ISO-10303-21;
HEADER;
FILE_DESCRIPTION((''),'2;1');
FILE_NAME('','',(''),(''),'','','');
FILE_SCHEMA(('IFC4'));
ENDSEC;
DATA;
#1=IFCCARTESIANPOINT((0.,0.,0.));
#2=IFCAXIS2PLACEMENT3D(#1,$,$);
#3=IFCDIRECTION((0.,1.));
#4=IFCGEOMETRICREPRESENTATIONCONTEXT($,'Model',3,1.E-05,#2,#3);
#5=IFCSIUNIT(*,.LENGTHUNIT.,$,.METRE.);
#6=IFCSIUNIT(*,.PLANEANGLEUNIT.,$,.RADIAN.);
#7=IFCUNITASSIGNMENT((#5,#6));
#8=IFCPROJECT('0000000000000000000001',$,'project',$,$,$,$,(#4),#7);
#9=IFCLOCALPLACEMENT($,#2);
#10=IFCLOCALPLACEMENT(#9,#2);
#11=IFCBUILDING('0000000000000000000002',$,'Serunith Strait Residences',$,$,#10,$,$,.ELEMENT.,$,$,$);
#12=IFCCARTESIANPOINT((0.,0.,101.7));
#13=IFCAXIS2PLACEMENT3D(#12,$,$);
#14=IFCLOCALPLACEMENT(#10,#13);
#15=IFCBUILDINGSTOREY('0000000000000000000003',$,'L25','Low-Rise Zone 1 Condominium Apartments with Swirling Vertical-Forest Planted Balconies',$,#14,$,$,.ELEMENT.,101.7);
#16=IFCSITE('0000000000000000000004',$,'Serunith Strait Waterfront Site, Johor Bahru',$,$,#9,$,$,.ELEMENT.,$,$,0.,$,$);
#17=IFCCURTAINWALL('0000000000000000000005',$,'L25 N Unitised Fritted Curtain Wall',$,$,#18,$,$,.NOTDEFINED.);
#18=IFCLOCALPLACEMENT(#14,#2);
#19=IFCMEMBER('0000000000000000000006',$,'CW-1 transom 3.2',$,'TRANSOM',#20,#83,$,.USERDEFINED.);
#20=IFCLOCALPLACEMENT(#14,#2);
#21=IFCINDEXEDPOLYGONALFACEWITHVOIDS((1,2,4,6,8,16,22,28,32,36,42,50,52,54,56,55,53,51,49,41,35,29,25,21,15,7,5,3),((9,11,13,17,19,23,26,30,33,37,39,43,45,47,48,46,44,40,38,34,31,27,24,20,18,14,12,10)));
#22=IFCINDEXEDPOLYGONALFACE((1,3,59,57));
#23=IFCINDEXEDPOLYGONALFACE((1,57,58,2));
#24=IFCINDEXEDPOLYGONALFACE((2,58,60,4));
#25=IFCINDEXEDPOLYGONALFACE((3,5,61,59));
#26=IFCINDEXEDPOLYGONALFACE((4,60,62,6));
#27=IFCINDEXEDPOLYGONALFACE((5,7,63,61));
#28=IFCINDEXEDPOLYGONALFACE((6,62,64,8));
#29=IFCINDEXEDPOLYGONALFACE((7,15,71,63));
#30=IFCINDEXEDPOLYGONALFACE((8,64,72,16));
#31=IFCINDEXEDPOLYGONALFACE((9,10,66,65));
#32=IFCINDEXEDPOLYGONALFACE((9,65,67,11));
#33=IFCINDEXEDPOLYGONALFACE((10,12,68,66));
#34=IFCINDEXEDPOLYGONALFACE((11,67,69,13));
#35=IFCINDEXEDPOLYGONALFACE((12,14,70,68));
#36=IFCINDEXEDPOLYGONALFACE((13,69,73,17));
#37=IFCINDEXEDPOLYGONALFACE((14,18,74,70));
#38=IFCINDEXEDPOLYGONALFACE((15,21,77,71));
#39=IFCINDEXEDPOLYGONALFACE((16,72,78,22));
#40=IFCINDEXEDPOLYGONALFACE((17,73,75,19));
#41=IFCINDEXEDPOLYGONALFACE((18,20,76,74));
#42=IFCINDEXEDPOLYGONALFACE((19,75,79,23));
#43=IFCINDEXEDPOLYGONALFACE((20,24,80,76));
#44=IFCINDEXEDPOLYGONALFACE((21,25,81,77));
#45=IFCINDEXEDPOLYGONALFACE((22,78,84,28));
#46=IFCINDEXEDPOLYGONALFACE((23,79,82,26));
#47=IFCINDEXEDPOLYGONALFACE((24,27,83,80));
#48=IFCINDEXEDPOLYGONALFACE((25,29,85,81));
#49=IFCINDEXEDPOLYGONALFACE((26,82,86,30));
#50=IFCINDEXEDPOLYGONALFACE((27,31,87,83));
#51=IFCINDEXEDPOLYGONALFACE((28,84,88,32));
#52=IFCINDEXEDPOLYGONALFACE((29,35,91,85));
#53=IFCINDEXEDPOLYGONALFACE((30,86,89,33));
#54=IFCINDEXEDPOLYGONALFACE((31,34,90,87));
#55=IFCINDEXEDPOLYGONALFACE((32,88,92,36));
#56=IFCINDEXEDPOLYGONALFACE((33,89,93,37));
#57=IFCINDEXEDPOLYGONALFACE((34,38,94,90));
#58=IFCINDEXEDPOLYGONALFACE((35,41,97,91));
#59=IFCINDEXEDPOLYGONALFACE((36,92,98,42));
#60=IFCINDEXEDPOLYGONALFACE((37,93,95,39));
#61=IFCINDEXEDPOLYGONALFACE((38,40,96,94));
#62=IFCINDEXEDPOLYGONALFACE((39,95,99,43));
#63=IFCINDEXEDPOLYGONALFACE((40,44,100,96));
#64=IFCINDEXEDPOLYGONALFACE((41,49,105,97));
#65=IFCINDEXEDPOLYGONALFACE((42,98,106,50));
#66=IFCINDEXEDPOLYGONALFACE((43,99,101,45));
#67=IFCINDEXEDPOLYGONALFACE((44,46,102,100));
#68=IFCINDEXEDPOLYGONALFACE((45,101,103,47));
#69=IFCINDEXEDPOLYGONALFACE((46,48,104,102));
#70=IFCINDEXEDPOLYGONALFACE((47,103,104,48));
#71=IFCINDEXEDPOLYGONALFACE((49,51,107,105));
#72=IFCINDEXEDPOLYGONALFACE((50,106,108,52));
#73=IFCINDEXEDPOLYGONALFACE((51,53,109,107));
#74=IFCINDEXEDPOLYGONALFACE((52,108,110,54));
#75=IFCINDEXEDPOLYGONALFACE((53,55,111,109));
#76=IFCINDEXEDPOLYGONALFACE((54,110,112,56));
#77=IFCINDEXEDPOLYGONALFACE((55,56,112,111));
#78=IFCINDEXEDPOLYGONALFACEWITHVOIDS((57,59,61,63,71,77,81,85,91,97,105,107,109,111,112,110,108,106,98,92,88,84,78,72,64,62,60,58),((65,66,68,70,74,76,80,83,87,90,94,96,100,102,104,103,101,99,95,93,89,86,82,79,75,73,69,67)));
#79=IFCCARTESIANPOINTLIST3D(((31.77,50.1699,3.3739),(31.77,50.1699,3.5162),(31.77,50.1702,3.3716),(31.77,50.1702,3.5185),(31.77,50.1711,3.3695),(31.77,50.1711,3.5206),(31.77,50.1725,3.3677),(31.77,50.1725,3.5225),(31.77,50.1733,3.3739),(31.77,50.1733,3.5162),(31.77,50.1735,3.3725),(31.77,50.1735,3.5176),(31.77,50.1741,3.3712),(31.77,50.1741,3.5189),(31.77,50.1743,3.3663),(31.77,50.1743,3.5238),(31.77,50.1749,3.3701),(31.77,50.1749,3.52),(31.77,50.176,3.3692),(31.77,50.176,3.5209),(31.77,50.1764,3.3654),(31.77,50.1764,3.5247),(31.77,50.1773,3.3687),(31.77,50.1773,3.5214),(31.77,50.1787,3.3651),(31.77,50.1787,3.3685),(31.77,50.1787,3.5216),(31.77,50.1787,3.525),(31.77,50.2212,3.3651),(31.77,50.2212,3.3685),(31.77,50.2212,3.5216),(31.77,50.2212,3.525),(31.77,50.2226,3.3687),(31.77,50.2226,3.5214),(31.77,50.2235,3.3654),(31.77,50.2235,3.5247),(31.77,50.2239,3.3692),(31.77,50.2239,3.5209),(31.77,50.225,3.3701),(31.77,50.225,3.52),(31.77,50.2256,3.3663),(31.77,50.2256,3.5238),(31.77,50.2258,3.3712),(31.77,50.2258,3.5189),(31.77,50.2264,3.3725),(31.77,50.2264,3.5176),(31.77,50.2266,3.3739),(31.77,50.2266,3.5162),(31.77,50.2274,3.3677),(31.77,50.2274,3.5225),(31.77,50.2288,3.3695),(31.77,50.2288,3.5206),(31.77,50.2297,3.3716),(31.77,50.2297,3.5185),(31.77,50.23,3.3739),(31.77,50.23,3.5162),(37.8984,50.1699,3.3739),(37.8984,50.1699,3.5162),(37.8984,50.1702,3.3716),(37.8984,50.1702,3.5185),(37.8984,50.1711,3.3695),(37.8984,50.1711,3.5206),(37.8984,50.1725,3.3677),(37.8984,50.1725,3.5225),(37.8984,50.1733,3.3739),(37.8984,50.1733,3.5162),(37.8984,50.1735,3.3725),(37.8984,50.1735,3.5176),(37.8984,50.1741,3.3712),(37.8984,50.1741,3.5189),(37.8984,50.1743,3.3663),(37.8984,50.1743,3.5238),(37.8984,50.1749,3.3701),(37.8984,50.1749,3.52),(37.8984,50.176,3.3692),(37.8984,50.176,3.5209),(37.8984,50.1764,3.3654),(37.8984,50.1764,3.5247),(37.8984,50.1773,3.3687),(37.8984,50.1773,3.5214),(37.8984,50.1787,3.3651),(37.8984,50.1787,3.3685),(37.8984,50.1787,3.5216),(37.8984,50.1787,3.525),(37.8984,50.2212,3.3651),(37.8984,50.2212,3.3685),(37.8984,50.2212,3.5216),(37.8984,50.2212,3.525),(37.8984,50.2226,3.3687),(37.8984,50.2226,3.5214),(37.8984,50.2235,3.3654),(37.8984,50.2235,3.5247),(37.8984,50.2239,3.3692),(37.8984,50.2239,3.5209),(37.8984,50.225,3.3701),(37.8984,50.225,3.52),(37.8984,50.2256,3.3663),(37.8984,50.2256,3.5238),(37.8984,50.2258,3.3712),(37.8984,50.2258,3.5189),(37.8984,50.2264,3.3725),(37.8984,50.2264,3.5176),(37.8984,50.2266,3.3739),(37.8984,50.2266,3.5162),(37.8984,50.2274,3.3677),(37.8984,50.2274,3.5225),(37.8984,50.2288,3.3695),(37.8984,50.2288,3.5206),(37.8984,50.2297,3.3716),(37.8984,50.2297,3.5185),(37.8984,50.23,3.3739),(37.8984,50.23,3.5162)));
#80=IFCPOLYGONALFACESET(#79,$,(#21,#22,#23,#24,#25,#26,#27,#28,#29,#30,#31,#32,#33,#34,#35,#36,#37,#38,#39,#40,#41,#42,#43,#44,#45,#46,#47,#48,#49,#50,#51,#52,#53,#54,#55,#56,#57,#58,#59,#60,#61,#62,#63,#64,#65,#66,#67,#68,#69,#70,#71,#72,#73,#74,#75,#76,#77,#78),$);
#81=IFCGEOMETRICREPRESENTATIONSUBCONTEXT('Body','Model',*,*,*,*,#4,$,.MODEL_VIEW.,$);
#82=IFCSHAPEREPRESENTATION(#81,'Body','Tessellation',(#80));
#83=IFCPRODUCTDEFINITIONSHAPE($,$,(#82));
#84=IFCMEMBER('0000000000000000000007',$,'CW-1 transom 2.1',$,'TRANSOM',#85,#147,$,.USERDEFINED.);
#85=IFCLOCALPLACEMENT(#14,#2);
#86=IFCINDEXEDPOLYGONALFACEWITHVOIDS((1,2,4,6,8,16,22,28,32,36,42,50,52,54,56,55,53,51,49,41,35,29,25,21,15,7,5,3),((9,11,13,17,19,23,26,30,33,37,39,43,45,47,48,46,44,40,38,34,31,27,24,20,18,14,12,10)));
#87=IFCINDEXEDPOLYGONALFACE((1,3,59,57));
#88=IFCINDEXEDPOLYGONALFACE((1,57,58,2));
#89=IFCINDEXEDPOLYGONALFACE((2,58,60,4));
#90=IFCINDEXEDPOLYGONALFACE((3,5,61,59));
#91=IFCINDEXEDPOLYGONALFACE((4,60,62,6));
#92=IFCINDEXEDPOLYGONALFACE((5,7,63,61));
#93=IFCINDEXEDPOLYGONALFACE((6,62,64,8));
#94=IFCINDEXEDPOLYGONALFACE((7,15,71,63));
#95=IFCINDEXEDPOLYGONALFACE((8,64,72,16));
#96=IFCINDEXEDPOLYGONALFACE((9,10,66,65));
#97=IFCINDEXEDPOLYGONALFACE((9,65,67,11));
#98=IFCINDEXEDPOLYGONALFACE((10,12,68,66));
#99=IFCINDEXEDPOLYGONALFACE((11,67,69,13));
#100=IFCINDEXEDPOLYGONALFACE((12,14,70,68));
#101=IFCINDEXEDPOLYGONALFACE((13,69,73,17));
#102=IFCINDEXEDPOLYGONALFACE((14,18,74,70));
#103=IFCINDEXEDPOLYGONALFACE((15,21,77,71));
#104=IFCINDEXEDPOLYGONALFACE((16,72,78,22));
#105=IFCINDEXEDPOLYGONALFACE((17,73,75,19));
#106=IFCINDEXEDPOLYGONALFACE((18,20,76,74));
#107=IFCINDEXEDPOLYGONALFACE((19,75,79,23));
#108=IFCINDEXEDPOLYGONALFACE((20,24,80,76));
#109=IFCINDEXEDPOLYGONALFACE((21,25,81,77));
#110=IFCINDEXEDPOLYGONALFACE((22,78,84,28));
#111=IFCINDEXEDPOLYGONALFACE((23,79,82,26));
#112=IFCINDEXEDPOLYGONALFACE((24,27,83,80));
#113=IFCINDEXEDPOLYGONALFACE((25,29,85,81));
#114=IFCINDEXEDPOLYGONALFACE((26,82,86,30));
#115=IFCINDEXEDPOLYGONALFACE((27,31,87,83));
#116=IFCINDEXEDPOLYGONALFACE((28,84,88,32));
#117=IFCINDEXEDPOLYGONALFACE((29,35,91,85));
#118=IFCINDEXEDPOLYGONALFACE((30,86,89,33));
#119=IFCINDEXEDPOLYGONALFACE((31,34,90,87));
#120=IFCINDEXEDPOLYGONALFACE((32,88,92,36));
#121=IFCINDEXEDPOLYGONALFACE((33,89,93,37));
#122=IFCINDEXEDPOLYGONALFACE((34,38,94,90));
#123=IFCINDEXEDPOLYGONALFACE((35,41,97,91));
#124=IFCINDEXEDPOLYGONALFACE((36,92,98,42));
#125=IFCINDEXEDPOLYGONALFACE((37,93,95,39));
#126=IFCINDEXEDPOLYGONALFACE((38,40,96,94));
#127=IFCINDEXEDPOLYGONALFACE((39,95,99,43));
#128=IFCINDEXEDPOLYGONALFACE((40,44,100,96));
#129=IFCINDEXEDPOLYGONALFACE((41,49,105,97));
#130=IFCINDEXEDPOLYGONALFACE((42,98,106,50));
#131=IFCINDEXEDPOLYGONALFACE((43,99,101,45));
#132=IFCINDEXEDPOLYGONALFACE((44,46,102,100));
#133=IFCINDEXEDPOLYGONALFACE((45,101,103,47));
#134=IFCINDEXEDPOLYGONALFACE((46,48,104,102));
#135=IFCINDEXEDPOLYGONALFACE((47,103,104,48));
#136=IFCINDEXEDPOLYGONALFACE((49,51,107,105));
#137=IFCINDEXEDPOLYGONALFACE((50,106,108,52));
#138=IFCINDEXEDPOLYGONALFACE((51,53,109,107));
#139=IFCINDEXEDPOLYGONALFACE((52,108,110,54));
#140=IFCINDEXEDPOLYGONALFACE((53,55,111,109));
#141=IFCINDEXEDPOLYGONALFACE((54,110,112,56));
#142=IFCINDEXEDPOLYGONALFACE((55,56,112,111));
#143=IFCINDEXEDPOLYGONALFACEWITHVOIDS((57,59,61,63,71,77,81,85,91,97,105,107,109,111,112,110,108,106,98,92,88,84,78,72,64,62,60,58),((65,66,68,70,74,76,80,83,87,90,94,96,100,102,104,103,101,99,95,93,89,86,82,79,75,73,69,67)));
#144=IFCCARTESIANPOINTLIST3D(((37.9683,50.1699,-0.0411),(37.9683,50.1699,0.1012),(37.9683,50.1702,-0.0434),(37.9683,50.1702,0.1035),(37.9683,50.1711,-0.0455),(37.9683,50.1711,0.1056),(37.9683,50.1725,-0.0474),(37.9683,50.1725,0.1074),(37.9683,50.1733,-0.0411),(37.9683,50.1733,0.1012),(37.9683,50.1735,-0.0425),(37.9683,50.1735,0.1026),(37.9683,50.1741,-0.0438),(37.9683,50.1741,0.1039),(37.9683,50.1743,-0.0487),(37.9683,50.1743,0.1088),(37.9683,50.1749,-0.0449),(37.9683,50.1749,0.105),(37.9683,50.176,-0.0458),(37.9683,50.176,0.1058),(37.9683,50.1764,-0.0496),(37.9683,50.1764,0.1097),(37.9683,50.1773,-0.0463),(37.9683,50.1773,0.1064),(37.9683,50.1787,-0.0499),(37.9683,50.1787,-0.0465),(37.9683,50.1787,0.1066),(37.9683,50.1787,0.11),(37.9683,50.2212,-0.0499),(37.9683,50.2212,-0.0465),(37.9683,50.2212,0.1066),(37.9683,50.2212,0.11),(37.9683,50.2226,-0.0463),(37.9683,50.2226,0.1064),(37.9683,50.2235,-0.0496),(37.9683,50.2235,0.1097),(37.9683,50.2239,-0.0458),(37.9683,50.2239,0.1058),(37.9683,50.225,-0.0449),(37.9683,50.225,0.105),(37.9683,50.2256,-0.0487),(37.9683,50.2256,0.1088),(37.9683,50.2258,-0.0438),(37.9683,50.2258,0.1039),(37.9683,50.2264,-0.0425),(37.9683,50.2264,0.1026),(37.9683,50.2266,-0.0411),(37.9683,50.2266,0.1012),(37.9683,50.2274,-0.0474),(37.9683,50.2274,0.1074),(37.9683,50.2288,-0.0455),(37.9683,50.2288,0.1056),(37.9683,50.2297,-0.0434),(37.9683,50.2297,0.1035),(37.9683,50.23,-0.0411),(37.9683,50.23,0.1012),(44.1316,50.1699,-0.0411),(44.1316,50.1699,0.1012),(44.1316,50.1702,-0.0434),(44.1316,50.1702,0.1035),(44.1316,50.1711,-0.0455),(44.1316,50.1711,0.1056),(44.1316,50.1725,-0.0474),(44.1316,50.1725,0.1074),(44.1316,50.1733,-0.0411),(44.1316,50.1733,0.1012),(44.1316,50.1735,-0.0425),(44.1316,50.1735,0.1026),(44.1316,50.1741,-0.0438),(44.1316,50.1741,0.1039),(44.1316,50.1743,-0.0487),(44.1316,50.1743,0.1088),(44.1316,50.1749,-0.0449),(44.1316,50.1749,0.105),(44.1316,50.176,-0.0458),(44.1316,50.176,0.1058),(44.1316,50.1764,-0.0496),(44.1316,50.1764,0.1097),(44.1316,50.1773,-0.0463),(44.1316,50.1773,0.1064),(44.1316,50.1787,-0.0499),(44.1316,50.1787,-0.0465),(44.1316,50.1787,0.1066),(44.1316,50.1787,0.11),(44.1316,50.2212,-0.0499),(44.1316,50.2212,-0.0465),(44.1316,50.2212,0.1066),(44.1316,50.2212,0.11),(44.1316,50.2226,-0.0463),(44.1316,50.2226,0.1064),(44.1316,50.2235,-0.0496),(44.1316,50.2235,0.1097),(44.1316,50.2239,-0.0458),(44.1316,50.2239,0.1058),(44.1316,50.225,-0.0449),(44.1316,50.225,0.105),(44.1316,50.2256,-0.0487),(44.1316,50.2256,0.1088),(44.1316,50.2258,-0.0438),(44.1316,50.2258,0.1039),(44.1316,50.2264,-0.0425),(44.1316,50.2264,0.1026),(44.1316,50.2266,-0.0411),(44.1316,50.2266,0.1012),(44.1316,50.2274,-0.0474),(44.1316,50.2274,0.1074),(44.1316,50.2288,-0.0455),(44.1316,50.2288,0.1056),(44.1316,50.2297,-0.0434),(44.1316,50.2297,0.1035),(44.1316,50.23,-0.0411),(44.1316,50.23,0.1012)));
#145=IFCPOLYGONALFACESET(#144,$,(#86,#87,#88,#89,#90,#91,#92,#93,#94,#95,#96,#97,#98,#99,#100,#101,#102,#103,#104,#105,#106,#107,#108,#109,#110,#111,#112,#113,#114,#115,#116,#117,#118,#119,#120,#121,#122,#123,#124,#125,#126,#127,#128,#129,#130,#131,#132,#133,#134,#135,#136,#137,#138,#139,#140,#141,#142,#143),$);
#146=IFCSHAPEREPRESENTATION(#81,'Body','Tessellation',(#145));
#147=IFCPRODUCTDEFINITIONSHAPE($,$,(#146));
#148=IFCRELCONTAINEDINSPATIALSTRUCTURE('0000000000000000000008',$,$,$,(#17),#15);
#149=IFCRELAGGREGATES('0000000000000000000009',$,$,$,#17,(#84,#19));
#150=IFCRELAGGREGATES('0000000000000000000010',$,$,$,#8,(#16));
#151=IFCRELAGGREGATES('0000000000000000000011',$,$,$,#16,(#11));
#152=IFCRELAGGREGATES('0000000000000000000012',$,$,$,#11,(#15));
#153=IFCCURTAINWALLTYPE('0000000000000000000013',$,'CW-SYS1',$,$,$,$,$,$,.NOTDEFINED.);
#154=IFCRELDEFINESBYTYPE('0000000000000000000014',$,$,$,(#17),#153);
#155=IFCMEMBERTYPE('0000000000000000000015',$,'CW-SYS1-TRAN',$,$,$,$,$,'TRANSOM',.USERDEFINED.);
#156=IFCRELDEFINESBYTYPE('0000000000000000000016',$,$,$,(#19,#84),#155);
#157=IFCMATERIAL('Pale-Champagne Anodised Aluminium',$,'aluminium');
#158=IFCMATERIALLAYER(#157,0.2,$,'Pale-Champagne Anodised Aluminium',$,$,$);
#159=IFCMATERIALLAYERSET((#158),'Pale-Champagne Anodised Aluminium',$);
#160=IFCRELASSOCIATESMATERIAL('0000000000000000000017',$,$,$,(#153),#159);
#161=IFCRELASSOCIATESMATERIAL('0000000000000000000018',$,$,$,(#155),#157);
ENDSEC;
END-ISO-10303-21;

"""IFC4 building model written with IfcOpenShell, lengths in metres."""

from ifc_helpers import new_model, si_unit, direction, frame, origin, origin_2d, place, context, subcontext, project, spatial, hollow_rectangle, extrude, source, transform, mapped, material, layer, layer_set, material_profile, profile_set, type_object, element, aggregate, save


model = new_model("IFC4")

# Units and contexts
model_context = context("Model", 3, precision=1e-05, world=origin(), true_north=direction((0.0, 1.0)))
body_context = subcontext(model_context, "Body", "Model", "MODEL_VIEW")
ifc_project = project(units=[si_unit("LENGTHUNIT", "METRE"), si_unit("PLANEANGLEUNIT", "RADIAN")], contexts=[model_context])

# Site, building, storey
site_placement = place(None, origin())
site = spatial("IfcSite", under=ifc_project, at=site_placement, Name="Serunith Strait Waterfront Site, Johor Bahru", CompositionType="ELEMENT", RefElevation=0.0)
building_placement = place(site_placement, origin())
building = spatial("IfcBuilding", under=site, at=building_placement, Name="Serunith Strait Residences", CompositionType="ELEMENT")
storey_placement = place(building_placement, frame((0.0, 0.0, 101.7)))
storey = spatial("IfcBuildingStorey", under=building, at=storey_placement, Name="L25", Description="Low-Rise Zone 1 Condominium Apartments with Swirling Vertical-Forest Planted Balconies", CompositionType="ELEMENT", Elevation=101.7)

# Curtain wall, members
ifc_material_1 = material(Name="Pale-Champagne Anodised Aluminium", Category="aluminium")
ifc_layer_1 = layer(ifc_material_1, 0.2, Name="Pale-Champagne Anodised Aluminium")
ifc_layer_set_1 = layer_set([ifc_layer_1], Name="Pale-Champagne Anodised Aluminium")
curtain_wall_type = type_object("IfcCurtainWallType", Name="CW-SYS1", PredefinedType="NOTDEFINED", material=ifc_layer_set_1)
curtain_wall_placement = place(storey_placement, origin())
curtain_wall = element("IfcCurtainWall", 1, at=curtain_wall_placement, inside=storey, type_object=curtain_wall_type, Name="L25 N Unitised Fritted Curtain Wall", PredefinedType="NOTDEFINED")
ifc_material_profile_1 = material_profile(ifc_material_1, hollow_rectangle(XDim=0.0601, YDim=0.1599, WallThickness=0.0034, InnerFilletRadius=0.0054, OuterFilletRadius=0.0088, at=origin_2d()), Name="ALU 160x60x3.5")
ifc_profile_set_1 = profile_set([ifc_material_profile_1], Name="Pale-Champagne Anodised Aluminium")
member_type_1 = type_object("IfcMemberType", Name="CW-SYS1-TRAN", ElementType="TRANSOM", PredefinedType="USERDEFINED", material=ifc_profile_set_1)
shared_shape_1 = source(origin(), body_context, "Body", "SweptSolid", [
    extrude(hollow_rectangle(XDim=0.0601, YDim=0.1599, WallThickness=0.0034, InnerFilletRadius=0.0054, OuterFilletRadius=0.0088, at=origin_2d()), origin(), (0.0, 0.0, 1.0), 6.1284),
])
member_1_placement = place(storey_placement, frame((37.8984, 50.2, 3.4451), z_axis=(-1.0, 0.0, 0.0), x_axis=(0.0, -1.0, 0.0)))
member_1 = element("IfcMember", 2, at=member_1_placement, type_object=member_type_1, Name="CW-1 transom 3.2", ObjectType="TRANSOM", PredefinedType="USERDEFINED", context=body_context, shape_type="MappedRepresentation", body=[
    mapped(shared_shape_1, transform((0.0, 0.0, 0.0), scale=1.0)),
])
shared_shape_2 = source(origin(), body_context, "Body", "SweptSolid", [
    extrude(hollow_rectangle(XDim=0.0601, YDim=0.1599, WallThickness=0.0034, InnerFilletRadius=0.0054, OuterFilletRadius=0.0088, at=origin_2d()), origin(), (0.0, 0.0, 1.0), 6.1633),
])
member_2_placement = place(storey_placement, frame((44.1316, 50.2, 0.03), z_axis=(-1.0, 0.0, 0.0), x_axis=(0.0, -1.0, 0.0)))
member_2 = element("IfcMember", 3, at=member_2_placement, type_object=member_type_1, Name="CW-1 transom 2.1", ObjectType="TRANSOM", PredefinedType="USERDEFINED", context=body_context, shape_type="MappedRepresentation", body=[
    mapped(shared_shape_2, transform((0.0, 0.0, 0.0), scale=1.0)),
])
aggregate(curtain_wall, [member_2, member_1])

save(model, "model.ifc")
